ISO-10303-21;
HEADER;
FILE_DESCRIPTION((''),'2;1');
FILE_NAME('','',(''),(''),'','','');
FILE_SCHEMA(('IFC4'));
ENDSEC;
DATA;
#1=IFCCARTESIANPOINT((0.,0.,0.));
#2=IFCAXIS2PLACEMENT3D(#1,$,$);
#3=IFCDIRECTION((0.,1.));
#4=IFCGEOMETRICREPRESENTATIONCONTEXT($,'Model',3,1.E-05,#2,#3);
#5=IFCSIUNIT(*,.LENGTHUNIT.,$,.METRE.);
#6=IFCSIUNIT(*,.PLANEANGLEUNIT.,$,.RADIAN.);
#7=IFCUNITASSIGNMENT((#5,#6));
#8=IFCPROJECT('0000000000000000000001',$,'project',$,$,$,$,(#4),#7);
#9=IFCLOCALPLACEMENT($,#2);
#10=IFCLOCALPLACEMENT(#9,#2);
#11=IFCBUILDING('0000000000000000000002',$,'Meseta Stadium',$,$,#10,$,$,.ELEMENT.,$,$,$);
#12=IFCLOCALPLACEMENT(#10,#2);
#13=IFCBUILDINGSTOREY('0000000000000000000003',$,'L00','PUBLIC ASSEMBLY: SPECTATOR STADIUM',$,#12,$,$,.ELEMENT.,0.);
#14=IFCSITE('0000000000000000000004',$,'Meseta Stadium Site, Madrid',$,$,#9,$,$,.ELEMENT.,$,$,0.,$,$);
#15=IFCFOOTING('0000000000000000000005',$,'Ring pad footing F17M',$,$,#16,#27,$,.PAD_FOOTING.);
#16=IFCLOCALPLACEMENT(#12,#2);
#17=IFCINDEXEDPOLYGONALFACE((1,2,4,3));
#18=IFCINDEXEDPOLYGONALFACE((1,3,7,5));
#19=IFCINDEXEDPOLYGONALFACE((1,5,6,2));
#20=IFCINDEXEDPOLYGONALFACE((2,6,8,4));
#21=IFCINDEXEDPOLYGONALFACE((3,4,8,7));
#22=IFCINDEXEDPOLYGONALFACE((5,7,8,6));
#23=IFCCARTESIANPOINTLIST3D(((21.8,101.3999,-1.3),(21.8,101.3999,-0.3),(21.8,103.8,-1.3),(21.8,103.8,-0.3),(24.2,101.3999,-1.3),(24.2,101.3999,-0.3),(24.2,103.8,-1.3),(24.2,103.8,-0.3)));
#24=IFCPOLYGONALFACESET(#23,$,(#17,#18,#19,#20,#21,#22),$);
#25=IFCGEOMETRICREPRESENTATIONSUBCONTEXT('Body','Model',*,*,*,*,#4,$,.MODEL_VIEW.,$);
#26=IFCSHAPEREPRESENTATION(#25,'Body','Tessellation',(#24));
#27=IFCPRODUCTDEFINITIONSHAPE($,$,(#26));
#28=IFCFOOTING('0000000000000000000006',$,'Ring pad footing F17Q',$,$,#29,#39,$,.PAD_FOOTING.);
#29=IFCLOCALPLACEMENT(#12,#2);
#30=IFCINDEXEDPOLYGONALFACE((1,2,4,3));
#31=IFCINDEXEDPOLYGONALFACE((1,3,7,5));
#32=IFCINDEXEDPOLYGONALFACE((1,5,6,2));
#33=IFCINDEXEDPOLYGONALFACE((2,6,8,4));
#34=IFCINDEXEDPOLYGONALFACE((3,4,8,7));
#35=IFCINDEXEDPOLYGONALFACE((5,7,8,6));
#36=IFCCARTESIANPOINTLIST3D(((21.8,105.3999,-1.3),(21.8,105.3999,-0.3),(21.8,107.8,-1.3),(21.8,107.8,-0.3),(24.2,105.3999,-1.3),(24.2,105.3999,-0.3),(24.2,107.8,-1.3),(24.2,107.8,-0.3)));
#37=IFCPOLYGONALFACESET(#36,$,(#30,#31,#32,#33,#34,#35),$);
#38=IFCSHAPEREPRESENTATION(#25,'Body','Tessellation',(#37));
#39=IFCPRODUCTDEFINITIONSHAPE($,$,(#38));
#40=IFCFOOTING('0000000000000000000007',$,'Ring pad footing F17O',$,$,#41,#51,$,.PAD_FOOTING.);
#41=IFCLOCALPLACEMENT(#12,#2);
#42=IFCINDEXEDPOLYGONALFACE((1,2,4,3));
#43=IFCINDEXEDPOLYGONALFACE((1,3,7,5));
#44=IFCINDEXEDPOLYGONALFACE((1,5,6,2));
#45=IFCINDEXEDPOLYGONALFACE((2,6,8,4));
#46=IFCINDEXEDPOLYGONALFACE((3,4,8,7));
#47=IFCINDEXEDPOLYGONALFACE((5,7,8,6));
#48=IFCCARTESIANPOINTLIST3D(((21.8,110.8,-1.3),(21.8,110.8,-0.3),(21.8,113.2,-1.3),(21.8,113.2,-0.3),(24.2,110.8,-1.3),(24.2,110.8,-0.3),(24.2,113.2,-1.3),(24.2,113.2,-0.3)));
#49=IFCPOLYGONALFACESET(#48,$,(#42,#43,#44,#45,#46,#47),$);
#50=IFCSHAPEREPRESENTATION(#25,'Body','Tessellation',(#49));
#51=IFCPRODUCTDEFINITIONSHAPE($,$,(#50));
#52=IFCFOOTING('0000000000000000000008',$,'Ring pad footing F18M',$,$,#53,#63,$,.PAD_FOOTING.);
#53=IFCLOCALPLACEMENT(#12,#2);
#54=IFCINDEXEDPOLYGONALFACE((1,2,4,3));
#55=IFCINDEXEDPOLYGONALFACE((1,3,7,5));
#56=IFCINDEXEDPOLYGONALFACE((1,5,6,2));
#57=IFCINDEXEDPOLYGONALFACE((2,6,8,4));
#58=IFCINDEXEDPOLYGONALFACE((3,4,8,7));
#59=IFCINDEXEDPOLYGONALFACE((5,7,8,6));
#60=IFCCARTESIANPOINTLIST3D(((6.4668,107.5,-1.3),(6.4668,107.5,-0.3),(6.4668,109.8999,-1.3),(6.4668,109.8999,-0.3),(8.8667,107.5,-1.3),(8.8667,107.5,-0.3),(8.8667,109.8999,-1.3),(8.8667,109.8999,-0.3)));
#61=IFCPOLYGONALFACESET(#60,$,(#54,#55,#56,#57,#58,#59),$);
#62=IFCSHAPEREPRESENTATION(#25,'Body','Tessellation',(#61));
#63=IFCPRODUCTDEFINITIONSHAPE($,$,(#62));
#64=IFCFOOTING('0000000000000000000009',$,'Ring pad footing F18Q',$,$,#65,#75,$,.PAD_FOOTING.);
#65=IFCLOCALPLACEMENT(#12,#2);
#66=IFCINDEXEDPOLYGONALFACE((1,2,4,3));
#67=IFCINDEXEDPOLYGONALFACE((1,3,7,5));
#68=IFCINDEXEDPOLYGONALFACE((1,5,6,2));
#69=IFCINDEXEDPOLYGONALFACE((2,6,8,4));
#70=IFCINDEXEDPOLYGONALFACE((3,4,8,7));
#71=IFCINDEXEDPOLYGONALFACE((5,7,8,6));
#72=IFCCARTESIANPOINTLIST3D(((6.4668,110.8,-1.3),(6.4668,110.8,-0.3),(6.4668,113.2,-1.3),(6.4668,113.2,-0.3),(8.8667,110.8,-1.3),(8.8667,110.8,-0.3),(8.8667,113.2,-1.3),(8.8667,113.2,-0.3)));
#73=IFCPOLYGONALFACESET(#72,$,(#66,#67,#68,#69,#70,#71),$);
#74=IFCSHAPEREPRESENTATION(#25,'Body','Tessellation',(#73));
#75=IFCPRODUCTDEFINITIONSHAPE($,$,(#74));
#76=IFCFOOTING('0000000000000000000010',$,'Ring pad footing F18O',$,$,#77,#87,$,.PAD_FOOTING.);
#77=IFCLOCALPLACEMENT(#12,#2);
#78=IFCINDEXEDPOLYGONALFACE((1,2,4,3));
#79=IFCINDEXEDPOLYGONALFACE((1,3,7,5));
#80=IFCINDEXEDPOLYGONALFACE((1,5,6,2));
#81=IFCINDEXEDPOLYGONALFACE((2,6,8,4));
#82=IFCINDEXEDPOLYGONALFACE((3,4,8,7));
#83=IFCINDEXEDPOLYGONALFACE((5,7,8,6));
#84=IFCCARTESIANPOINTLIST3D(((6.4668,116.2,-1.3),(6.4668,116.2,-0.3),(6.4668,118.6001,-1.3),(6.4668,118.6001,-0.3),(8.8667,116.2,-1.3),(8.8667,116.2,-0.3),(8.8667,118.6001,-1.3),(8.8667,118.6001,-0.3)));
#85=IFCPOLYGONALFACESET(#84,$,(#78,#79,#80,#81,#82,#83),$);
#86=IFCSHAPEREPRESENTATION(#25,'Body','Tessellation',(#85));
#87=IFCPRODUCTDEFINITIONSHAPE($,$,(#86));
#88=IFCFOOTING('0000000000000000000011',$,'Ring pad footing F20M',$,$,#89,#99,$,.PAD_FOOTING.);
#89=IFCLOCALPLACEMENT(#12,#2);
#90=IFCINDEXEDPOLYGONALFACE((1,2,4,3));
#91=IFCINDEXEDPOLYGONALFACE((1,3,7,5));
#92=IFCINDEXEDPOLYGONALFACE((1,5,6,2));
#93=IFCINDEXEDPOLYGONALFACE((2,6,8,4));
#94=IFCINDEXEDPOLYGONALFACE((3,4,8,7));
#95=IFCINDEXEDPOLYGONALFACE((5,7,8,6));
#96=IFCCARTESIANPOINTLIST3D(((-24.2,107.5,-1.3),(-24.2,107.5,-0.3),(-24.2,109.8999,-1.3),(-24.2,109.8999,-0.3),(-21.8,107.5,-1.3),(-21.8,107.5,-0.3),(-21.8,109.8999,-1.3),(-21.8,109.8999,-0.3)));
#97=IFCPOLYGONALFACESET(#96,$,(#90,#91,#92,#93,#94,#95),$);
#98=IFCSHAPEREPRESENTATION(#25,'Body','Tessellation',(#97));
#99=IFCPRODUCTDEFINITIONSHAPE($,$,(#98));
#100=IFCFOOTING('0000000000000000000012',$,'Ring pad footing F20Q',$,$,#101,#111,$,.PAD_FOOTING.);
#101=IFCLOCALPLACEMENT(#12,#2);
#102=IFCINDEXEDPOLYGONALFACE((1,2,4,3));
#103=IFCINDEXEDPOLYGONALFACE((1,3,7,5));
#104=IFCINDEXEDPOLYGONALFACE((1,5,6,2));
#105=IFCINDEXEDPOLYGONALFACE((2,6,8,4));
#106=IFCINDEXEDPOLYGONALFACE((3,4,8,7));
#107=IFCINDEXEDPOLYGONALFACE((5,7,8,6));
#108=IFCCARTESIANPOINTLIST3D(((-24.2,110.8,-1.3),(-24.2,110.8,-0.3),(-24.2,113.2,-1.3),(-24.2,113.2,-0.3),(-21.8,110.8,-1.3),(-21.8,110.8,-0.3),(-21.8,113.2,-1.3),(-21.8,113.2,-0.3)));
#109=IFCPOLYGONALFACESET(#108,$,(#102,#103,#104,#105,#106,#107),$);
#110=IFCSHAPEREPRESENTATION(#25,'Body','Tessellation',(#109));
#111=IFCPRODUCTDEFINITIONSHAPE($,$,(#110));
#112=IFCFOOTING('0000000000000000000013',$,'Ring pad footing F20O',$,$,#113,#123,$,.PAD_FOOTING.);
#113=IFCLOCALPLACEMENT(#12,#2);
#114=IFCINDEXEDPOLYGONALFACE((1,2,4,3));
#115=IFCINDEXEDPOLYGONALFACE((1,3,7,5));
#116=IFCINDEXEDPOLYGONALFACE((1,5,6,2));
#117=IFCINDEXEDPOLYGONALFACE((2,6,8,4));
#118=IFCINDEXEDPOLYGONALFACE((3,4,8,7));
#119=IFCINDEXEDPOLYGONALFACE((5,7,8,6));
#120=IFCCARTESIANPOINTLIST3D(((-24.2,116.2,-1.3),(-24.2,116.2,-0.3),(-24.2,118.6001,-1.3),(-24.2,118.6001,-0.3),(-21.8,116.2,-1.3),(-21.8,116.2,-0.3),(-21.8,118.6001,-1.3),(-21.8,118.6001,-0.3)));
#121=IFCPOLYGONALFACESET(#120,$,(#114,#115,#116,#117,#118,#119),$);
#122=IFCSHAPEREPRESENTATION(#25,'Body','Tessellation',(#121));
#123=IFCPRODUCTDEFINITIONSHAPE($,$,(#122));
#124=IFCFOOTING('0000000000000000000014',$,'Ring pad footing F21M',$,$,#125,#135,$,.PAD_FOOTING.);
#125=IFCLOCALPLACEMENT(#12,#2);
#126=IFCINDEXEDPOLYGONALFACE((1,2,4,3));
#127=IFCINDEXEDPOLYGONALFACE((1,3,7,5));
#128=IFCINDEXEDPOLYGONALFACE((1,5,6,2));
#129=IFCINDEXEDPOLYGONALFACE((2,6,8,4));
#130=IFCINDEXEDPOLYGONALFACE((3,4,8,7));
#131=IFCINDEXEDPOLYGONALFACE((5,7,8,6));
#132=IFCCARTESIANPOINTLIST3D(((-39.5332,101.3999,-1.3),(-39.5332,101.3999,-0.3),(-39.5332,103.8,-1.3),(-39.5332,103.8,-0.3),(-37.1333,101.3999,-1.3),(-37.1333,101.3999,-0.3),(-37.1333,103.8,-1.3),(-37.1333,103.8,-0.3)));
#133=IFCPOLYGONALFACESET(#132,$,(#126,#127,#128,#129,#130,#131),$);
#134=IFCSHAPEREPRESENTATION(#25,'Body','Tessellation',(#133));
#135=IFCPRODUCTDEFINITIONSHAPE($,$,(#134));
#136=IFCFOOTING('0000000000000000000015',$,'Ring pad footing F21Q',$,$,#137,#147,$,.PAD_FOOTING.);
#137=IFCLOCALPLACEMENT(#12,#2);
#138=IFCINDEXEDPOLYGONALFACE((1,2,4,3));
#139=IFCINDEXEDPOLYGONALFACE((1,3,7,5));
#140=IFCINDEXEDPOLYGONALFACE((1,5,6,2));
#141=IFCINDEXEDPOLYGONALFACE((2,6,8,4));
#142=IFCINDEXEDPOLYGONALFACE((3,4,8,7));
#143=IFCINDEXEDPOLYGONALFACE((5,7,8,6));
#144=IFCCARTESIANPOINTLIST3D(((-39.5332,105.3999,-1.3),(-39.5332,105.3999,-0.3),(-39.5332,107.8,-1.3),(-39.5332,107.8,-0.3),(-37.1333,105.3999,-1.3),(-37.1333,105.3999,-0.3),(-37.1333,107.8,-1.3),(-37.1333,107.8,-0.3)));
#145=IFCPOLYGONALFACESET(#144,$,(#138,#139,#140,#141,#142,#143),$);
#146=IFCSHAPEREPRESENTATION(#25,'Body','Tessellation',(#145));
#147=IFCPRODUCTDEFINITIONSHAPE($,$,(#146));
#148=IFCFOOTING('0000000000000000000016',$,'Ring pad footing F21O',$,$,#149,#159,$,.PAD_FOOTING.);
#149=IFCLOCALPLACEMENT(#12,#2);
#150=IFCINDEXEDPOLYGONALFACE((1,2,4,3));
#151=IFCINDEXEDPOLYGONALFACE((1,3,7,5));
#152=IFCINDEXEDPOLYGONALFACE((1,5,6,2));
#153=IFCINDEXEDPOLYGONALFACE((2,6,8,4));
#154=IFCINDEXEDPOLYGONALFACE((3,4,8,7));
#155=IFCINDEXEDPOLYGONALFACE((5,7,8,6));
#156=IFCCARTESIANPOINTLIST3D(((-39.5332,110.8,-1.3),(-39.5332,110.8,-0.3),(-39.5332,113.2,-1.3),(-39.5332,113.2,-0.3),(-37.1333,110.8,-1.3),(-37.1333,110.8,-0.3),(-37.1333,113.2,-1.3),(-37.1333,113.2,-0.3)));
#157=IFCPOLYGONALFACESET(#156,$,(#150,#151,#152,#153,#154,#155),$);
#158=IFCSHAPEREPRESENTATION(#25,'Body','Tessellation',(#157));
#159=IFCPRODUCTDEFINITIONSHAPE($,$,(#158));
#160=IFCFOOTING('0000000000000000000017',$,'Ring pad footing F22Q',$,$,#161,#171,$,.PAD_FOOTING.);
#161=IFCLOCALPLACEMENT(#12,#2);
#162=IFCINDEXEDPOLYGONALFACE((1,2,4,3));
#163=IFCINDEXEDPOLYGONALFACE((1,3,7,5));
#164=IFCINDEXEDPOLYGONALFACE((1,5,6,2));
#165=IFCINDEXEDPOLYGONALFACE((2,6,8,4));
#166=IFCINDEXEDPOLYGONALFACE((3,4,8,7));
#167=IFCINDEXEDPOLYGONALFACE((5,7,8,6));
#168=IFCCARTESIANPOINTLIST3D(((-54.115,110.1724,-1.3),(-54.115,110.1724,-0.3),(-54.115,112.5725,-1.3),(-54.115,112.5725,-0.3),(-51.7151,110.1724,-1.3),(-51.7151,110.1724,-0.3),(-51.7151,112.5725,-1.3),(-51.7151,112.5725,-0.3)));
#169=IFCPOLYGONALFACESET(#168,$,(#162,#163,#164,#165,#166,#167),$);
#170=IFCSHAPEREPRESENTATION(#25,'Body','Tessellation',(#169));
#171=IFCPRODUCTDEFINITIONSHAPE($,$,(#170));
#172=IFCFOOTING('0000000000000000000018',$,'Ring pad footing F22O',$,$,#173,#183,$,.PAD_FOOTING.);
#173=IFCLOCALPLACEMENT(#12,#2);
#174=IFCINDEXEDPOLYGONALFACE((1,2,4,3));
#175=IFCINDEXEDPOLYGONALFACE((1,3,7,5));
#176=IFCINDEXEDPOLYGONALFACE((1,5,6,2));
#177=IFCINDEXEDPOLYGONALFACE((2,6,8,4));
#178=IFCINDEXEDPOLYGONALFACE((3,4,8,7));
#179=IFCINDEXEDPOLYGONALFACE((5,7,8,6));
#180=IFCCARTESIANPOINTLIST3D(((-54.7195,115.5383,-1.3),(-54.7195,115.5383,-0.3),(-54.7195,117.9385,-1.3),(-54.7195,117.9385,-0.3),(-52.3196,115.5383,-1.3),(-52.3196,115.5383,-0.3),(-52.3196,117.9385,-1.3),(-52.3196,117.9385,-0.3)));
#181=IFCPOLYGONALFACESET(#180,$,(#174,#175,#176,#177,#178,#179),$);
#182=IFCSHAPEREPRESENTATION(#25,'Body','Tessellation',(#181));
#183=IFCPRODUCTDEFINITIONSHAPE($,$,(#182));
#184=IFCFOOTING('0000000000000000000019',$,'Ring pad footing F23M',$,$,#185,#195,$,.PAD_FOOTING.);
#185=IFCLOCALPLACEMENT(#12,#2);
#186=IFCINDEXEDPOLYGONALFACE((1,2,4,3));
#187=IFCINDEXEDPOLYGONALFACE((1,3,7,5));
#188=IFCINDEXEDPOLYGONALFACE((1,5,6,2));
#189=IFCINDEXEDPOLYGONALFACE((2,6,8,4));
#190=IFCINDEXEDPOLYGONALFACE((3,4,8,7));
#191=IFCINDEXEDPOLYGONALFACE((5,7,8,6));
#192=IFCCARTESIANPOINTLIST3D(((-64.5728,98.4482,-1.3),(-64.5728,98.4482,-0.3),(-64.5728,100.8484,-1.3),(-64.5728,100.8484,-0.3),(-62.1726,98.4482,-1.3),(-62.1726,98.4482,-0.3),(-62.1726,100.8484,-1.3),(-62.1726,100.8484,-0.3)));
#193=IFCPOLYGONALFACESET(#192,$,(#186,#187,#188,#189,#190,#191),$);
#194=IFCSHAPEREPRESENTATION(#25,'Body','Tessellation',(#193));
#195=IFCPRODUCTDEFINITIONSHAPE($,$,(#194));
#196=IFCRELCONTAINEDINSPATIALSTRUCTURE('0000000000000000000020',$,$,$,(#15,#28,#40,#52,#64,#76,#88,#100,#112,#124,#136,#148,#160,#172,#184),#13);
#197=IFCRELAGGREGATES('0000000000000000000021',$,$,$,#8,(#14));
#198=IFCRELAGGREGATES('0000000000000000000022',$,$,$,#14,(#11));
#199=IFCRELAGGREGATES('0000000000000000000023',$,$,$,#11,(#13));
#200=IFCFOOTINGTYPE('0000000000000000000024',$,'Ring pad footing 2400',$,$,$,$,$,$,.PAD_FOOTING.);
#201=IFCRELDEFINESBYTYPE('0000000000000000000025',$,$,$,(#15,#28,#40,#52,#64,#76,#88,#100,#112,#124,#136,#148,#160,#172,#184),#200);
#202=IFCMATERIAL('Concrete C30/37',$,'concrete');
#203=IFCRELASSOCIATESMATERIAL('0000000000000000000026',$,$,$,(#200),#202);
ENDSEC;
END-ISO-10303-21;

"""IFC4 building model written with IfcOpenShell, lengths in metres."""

from ifc_helpers import new_model, si_unit, direction, frame, origin, place, context, subcontext, project, spatial, polyline, outline, extrude, material, type_object, element, save


model = new_model("IFC4")

# Units and contexts
model_context = context("Model", 3, precision=1e-05, world=origin(), true_north=direction((0.0, 1.0)))
body_context = subcontext(model_context, "Body", "Model", "MODEL_VIEW")
ifc_project = project(units=[si_unit("LENGTHUNIT", "METRE"), si_unit("PLANEANGLEUNIT", "RADIAN")], contexts=[model_context])

# Site, building, storey
site_placement = place(None, origin())
site = spatial("IfcSite", under=ifc_project, at=site_placement, Name="Meseta Stadium Site, Madrid", CompositionType="ELEMENT", RefElevation=0.0)
building_placement = place(site_placement, origin())
building = spatial("IfcBuilding", under=site, at=building_placement, Name="Meseta Stadium", CompositionType="ELEMENT")
storey_placement = place(building_placement, origin())
storey = spatial("IfcBuildingStorey", under=building, at=storey_placement, Name="L00", Description="PUBLIC ASSEMBLY: SPECTATOR STADIUM", CompositionType="ELEMENT", Elevation=0.0)

# Footings
ifc_material_1 = material(Name="Concrete C30/37", Category="concrete")
footing_type_1 = type_object("IfcFootingType", Name="Ring pad footing 2400", PredefinedType="PAD_FOOTING", material=ifc_material_1)
footing_1_placement = place(storey_placement, frame((0.0, 0.0, -1.3)))
element("IfcFooting", 1, at=footing_1_placement, inside=storey, type_object=footing_type_1, Name="Ring pad footing F17M", PredefinedType="PAD_FOOTING", context=body_context, shape_type="SweptSolid", body=[
    extrude(outline(polyline([(24.2, 101.3999), (24.2, 103.8), (21.8, 103.8), (21.8, 101.3999), (24.2, 101.3999)])), origin(), (0.0, 0.0, 1.0), 1.0),
])
footing_2_placement = place(storey_placement, frame((0.0, 0.0, -1.3)))
element("IfcFooting", 2, at=footing_2_placement, inside=storey, type_object=footing_type_1, Name="Ring pad footing F17Q", PredefinedType="PAD_FOOTING", context=body_context, shape_type="SweptSolid", body=[
    extrude(outline(polyline([(24.2, 105.3999), (24.2, 107.8), (21.8, 107.8), (21.8, 105.3999), (24.2, 105.3999)])), origin(), (0.0, 0.0, 1.0), 1.0),
])
footing_3_placement = place(storey_placement, frame((0.0, 0.0, -1.3)))
element("IfcFooting", 3, at=footing_3_placement, inside=storey, type_object=footing_type_1, Name="Ring pad footing F17O", PredefinedType="PAD_FOOTING", context=body_context, shape_type="SweptSolid", body=[
    extrude(outline(polyline([(24.2, 110.8), (24.2, 113.2), (21.8, 113.2), (21.8, 110.8), (24.2, 110.8)])), origin(), (0.0, 0.0, 1.0), 1.0),
])
footing_4_placement = place(storey_placement, frame((0.0, 0.0, -1.3)))
element("IfcFooting", 4, at=footing_4_placement, inside=storey, type_object=footing_type_1, Name="Ring pad footing F18M", PredefinedType="PAD_FOOTING", context=body_context, shape_type="SweptSolid", body=[
    extrude(outline(polyline([(8.8667, 107.5), (8.8667, 109.8999), (6.4668, 109.8999), (6.4668, 107.5), (8.8667, 107.5)])), origin(), (0.0, 0.0, 1.0), 1.0),
])
footing_5_placement = place(storey_placement, frame((0.0, 0.0, -1.3)))
element("IfcFooting", 5, at=footing_5_placement, inside=storey, type_object=footing_type_1, Name="Ring pad footing F18Q", PredefinedType="PAD_FOOTING", context=body_context, shape_type="SweptSolid", body=[
    extrude(outline(polyline([(8.8667, 110.8), (8.8667, 113.2), (6.4668, 113.2), (6.4668, 110.8), (8.8667, 110.8)])), origin(), (0.0, 0.0, 1.0), 1.0),
])
footing_6_placement = place(storey_placement, frame((0.0, 0.0, -1.3)))
element("IfcFooting", 6, at=footing_6_placement, inside=storey, type_object=footing_type_1, Name="Ring pad footing F18O", PredefinedType="PAD_FOOTING", context=body_context, shape_type="SweptSolid", body=[
    extrude(outline(polyline([(8.8667, 116.2), (8.8667, 118.6001), (6.4668, 118.6001), (6.4668, 116.2), (8.8667, 116.2)])), origin(), (0.0, 0.0, 1.0), 1.0),
])
footing_7_placement = place(storey_placement, frame((0.0, 0.0, -1.3)))
element("IfcFooting", 7, at=footing_7_placement, inside=storey, type_object=footing_type_1, Name="Ring pad footing F20M", PredefinedType="PAD_FOOTING", context=body_context, shape_type="SweptSolid", body=[
    extrude(outline(polyline([(-21.8, 107.5), (-21.8, 109.8999), (-24.2, 109.8999), (-24.2, 107.5), (-21.8, 107.5)])), origin(), (0.0, 0.0, 1.0), 1.0),
])
footing_8_placement = place(storey_placement, frame((0.0, 0.0, -1.3)))
element("IfcFooting", 8, at=footing_8_placement, inside=storey, type_object=footing_type_1, Name="Ring pad footing F20Q", PredefinedType="PAD_FOOTING", context=body_context, shape_type="SweptSolid", body=[
    extrude(outline(polyline([(-21.8, 110.8), (-21.8, 113.2), (-24.2, 113.2), (-24.2, 110.8), (-21.8, 110.8)])), origin(), (0.0, 0.0, 1.0), 1.0),
])
footing_9_placement = place(storey_placement, frame((0.0, 0.0, -1.3)))
element("IfcFooting", 9, at=footing_9_placement, inside=storey, type_object=footing_type_1, Name="Ring pad footing F20O", PredefinedType="PAD_FOOTING", context=body_context, shape_type="SweptSolid", body=[
    extrude(outline(polyline([(-21.8, 116.2), (-21.8, 118.6001), (-24.2, 118.6001), (-24.2, 116.2), (-21.8, 116.2)])), origin(), (0.0, 0.0, 1.0), 1.0),
])
footing_10_placement = place(storey_placement, frame((0.0, 0.0, -1.3)))
element("IfcFooting", 10, at=footing_10_placement, inside=storey, type_object=footing_type_1, Name="Ring pad footing F21M", PredefinedType="PAD_FOOTING", context=body_context, shape_type="SweptSolid", body=[
    extrude(outline(polyline([(-37.1333, 101.3999), (-37.1333, 103.8), (-39.5332, 103.8), (-39.5332, 101.3999), (-37.1333, 101.3999)])), origin(), (0.0, 0.0, 1.0), 1.0),
])
footing_11_placement = place(storey_placement, frame((0.0, 0.0, -1.3)))
element("IfcFooting", 11, at=footing_11_placement, inside=storey, type_object=footing_type_1, Name="Ring pad footing F21Q", PredefinedType="PAD_FOOTING", context=body_context, shape_type="SweptSolid", body=[
    extrude(outline(polyline([(-37.1333, 105.3999), (-37.1333, 107.8), (-39.5332, 107.8), (-39.5332, 105.3999), (-37.1333, 105.3999)])), origin(), (0.0, 0.0, 1.0), 1.0),
])
footing_12_placement = place(storey_placement, frame((0.0, 0.0, -1.3)))
element("IfcFooting", 12, at=footing_12_placement, inside=storey, type_object=footing_type_1, Name="Ring pad footing F21O", PredefinedType="PAD_FOOTING", context=body_context, shape_type="SweptSolid", body=[
    extrude(outline(polyline([(-37.1333, 110.8), (-37.1333, 113.2), (-39.5332, 113.2), (-39.5332, 110.8), (-37.1333, 110.8)])), origin(), (0.0, 0.0, 1.0), 1.0),
])
footing_13_placement = place(storey_placement, frame((0.0, 0.0, -1.3)))
element("IfcFooting", 13, at=footing_13_placement, inside=storey, type_object=footing_type_1, Name="Ring pad footing F22Q", PredefinedType="PAD_FOOTING", context=body_context, shape_type="SweptSolid", body=[
    extrude(outline(polyline([(-51.7151, 110.1724), (-51.7151, 112.5725), (-54.115, 112.5725), (-54.115, 110.1724), (-51.7151, 110.1724)])), origin(), (0.0, 0.0, 1.0), 1.0),
])
footing_14_placement = place(storey_placement, frame((0.0, 0.0, -1.3)))
element("IfcFooting", 14, at=footing_14_placement, inside=storey, type_object=footing_type_1, Name="Ring pad footing F22O", PredefinedType="PAD_FOOTING", context=body_context, shape_type="SweptSolid", body=[
    extrude(outline(polyline([(-52.3196, 115.5383), (-52.3196, 117.9385), (-54.7195, 117.9385), (-54.7195, 115.5383), (-52.3196, 115.5383)])), origin(), (0.0, 0.0, 1.0), 1.0),
])
footing_15_placement = place(storey_placement, frame((0.0, 0.0, -1.3)))
element("IfcFooting", 15, at=footing_15_placement, inside=storey, type_object=footing_type_1, Name="Ring pad footing F23M", PredefinedType="PAD_FOOTING", context=body_context, shape_type="SweptSolid", body=[
    extrude(outline(polyline([(-62.1726, 98.4482), (-62.1726, 100.8484), (-64.5728, 100.8484), (-64.5728, 98.4482), (-62.1726, 98.4482)])), origin(), (0.0, 0.0, 1.0), 1.0),
])

save(model, "model.ifc")
